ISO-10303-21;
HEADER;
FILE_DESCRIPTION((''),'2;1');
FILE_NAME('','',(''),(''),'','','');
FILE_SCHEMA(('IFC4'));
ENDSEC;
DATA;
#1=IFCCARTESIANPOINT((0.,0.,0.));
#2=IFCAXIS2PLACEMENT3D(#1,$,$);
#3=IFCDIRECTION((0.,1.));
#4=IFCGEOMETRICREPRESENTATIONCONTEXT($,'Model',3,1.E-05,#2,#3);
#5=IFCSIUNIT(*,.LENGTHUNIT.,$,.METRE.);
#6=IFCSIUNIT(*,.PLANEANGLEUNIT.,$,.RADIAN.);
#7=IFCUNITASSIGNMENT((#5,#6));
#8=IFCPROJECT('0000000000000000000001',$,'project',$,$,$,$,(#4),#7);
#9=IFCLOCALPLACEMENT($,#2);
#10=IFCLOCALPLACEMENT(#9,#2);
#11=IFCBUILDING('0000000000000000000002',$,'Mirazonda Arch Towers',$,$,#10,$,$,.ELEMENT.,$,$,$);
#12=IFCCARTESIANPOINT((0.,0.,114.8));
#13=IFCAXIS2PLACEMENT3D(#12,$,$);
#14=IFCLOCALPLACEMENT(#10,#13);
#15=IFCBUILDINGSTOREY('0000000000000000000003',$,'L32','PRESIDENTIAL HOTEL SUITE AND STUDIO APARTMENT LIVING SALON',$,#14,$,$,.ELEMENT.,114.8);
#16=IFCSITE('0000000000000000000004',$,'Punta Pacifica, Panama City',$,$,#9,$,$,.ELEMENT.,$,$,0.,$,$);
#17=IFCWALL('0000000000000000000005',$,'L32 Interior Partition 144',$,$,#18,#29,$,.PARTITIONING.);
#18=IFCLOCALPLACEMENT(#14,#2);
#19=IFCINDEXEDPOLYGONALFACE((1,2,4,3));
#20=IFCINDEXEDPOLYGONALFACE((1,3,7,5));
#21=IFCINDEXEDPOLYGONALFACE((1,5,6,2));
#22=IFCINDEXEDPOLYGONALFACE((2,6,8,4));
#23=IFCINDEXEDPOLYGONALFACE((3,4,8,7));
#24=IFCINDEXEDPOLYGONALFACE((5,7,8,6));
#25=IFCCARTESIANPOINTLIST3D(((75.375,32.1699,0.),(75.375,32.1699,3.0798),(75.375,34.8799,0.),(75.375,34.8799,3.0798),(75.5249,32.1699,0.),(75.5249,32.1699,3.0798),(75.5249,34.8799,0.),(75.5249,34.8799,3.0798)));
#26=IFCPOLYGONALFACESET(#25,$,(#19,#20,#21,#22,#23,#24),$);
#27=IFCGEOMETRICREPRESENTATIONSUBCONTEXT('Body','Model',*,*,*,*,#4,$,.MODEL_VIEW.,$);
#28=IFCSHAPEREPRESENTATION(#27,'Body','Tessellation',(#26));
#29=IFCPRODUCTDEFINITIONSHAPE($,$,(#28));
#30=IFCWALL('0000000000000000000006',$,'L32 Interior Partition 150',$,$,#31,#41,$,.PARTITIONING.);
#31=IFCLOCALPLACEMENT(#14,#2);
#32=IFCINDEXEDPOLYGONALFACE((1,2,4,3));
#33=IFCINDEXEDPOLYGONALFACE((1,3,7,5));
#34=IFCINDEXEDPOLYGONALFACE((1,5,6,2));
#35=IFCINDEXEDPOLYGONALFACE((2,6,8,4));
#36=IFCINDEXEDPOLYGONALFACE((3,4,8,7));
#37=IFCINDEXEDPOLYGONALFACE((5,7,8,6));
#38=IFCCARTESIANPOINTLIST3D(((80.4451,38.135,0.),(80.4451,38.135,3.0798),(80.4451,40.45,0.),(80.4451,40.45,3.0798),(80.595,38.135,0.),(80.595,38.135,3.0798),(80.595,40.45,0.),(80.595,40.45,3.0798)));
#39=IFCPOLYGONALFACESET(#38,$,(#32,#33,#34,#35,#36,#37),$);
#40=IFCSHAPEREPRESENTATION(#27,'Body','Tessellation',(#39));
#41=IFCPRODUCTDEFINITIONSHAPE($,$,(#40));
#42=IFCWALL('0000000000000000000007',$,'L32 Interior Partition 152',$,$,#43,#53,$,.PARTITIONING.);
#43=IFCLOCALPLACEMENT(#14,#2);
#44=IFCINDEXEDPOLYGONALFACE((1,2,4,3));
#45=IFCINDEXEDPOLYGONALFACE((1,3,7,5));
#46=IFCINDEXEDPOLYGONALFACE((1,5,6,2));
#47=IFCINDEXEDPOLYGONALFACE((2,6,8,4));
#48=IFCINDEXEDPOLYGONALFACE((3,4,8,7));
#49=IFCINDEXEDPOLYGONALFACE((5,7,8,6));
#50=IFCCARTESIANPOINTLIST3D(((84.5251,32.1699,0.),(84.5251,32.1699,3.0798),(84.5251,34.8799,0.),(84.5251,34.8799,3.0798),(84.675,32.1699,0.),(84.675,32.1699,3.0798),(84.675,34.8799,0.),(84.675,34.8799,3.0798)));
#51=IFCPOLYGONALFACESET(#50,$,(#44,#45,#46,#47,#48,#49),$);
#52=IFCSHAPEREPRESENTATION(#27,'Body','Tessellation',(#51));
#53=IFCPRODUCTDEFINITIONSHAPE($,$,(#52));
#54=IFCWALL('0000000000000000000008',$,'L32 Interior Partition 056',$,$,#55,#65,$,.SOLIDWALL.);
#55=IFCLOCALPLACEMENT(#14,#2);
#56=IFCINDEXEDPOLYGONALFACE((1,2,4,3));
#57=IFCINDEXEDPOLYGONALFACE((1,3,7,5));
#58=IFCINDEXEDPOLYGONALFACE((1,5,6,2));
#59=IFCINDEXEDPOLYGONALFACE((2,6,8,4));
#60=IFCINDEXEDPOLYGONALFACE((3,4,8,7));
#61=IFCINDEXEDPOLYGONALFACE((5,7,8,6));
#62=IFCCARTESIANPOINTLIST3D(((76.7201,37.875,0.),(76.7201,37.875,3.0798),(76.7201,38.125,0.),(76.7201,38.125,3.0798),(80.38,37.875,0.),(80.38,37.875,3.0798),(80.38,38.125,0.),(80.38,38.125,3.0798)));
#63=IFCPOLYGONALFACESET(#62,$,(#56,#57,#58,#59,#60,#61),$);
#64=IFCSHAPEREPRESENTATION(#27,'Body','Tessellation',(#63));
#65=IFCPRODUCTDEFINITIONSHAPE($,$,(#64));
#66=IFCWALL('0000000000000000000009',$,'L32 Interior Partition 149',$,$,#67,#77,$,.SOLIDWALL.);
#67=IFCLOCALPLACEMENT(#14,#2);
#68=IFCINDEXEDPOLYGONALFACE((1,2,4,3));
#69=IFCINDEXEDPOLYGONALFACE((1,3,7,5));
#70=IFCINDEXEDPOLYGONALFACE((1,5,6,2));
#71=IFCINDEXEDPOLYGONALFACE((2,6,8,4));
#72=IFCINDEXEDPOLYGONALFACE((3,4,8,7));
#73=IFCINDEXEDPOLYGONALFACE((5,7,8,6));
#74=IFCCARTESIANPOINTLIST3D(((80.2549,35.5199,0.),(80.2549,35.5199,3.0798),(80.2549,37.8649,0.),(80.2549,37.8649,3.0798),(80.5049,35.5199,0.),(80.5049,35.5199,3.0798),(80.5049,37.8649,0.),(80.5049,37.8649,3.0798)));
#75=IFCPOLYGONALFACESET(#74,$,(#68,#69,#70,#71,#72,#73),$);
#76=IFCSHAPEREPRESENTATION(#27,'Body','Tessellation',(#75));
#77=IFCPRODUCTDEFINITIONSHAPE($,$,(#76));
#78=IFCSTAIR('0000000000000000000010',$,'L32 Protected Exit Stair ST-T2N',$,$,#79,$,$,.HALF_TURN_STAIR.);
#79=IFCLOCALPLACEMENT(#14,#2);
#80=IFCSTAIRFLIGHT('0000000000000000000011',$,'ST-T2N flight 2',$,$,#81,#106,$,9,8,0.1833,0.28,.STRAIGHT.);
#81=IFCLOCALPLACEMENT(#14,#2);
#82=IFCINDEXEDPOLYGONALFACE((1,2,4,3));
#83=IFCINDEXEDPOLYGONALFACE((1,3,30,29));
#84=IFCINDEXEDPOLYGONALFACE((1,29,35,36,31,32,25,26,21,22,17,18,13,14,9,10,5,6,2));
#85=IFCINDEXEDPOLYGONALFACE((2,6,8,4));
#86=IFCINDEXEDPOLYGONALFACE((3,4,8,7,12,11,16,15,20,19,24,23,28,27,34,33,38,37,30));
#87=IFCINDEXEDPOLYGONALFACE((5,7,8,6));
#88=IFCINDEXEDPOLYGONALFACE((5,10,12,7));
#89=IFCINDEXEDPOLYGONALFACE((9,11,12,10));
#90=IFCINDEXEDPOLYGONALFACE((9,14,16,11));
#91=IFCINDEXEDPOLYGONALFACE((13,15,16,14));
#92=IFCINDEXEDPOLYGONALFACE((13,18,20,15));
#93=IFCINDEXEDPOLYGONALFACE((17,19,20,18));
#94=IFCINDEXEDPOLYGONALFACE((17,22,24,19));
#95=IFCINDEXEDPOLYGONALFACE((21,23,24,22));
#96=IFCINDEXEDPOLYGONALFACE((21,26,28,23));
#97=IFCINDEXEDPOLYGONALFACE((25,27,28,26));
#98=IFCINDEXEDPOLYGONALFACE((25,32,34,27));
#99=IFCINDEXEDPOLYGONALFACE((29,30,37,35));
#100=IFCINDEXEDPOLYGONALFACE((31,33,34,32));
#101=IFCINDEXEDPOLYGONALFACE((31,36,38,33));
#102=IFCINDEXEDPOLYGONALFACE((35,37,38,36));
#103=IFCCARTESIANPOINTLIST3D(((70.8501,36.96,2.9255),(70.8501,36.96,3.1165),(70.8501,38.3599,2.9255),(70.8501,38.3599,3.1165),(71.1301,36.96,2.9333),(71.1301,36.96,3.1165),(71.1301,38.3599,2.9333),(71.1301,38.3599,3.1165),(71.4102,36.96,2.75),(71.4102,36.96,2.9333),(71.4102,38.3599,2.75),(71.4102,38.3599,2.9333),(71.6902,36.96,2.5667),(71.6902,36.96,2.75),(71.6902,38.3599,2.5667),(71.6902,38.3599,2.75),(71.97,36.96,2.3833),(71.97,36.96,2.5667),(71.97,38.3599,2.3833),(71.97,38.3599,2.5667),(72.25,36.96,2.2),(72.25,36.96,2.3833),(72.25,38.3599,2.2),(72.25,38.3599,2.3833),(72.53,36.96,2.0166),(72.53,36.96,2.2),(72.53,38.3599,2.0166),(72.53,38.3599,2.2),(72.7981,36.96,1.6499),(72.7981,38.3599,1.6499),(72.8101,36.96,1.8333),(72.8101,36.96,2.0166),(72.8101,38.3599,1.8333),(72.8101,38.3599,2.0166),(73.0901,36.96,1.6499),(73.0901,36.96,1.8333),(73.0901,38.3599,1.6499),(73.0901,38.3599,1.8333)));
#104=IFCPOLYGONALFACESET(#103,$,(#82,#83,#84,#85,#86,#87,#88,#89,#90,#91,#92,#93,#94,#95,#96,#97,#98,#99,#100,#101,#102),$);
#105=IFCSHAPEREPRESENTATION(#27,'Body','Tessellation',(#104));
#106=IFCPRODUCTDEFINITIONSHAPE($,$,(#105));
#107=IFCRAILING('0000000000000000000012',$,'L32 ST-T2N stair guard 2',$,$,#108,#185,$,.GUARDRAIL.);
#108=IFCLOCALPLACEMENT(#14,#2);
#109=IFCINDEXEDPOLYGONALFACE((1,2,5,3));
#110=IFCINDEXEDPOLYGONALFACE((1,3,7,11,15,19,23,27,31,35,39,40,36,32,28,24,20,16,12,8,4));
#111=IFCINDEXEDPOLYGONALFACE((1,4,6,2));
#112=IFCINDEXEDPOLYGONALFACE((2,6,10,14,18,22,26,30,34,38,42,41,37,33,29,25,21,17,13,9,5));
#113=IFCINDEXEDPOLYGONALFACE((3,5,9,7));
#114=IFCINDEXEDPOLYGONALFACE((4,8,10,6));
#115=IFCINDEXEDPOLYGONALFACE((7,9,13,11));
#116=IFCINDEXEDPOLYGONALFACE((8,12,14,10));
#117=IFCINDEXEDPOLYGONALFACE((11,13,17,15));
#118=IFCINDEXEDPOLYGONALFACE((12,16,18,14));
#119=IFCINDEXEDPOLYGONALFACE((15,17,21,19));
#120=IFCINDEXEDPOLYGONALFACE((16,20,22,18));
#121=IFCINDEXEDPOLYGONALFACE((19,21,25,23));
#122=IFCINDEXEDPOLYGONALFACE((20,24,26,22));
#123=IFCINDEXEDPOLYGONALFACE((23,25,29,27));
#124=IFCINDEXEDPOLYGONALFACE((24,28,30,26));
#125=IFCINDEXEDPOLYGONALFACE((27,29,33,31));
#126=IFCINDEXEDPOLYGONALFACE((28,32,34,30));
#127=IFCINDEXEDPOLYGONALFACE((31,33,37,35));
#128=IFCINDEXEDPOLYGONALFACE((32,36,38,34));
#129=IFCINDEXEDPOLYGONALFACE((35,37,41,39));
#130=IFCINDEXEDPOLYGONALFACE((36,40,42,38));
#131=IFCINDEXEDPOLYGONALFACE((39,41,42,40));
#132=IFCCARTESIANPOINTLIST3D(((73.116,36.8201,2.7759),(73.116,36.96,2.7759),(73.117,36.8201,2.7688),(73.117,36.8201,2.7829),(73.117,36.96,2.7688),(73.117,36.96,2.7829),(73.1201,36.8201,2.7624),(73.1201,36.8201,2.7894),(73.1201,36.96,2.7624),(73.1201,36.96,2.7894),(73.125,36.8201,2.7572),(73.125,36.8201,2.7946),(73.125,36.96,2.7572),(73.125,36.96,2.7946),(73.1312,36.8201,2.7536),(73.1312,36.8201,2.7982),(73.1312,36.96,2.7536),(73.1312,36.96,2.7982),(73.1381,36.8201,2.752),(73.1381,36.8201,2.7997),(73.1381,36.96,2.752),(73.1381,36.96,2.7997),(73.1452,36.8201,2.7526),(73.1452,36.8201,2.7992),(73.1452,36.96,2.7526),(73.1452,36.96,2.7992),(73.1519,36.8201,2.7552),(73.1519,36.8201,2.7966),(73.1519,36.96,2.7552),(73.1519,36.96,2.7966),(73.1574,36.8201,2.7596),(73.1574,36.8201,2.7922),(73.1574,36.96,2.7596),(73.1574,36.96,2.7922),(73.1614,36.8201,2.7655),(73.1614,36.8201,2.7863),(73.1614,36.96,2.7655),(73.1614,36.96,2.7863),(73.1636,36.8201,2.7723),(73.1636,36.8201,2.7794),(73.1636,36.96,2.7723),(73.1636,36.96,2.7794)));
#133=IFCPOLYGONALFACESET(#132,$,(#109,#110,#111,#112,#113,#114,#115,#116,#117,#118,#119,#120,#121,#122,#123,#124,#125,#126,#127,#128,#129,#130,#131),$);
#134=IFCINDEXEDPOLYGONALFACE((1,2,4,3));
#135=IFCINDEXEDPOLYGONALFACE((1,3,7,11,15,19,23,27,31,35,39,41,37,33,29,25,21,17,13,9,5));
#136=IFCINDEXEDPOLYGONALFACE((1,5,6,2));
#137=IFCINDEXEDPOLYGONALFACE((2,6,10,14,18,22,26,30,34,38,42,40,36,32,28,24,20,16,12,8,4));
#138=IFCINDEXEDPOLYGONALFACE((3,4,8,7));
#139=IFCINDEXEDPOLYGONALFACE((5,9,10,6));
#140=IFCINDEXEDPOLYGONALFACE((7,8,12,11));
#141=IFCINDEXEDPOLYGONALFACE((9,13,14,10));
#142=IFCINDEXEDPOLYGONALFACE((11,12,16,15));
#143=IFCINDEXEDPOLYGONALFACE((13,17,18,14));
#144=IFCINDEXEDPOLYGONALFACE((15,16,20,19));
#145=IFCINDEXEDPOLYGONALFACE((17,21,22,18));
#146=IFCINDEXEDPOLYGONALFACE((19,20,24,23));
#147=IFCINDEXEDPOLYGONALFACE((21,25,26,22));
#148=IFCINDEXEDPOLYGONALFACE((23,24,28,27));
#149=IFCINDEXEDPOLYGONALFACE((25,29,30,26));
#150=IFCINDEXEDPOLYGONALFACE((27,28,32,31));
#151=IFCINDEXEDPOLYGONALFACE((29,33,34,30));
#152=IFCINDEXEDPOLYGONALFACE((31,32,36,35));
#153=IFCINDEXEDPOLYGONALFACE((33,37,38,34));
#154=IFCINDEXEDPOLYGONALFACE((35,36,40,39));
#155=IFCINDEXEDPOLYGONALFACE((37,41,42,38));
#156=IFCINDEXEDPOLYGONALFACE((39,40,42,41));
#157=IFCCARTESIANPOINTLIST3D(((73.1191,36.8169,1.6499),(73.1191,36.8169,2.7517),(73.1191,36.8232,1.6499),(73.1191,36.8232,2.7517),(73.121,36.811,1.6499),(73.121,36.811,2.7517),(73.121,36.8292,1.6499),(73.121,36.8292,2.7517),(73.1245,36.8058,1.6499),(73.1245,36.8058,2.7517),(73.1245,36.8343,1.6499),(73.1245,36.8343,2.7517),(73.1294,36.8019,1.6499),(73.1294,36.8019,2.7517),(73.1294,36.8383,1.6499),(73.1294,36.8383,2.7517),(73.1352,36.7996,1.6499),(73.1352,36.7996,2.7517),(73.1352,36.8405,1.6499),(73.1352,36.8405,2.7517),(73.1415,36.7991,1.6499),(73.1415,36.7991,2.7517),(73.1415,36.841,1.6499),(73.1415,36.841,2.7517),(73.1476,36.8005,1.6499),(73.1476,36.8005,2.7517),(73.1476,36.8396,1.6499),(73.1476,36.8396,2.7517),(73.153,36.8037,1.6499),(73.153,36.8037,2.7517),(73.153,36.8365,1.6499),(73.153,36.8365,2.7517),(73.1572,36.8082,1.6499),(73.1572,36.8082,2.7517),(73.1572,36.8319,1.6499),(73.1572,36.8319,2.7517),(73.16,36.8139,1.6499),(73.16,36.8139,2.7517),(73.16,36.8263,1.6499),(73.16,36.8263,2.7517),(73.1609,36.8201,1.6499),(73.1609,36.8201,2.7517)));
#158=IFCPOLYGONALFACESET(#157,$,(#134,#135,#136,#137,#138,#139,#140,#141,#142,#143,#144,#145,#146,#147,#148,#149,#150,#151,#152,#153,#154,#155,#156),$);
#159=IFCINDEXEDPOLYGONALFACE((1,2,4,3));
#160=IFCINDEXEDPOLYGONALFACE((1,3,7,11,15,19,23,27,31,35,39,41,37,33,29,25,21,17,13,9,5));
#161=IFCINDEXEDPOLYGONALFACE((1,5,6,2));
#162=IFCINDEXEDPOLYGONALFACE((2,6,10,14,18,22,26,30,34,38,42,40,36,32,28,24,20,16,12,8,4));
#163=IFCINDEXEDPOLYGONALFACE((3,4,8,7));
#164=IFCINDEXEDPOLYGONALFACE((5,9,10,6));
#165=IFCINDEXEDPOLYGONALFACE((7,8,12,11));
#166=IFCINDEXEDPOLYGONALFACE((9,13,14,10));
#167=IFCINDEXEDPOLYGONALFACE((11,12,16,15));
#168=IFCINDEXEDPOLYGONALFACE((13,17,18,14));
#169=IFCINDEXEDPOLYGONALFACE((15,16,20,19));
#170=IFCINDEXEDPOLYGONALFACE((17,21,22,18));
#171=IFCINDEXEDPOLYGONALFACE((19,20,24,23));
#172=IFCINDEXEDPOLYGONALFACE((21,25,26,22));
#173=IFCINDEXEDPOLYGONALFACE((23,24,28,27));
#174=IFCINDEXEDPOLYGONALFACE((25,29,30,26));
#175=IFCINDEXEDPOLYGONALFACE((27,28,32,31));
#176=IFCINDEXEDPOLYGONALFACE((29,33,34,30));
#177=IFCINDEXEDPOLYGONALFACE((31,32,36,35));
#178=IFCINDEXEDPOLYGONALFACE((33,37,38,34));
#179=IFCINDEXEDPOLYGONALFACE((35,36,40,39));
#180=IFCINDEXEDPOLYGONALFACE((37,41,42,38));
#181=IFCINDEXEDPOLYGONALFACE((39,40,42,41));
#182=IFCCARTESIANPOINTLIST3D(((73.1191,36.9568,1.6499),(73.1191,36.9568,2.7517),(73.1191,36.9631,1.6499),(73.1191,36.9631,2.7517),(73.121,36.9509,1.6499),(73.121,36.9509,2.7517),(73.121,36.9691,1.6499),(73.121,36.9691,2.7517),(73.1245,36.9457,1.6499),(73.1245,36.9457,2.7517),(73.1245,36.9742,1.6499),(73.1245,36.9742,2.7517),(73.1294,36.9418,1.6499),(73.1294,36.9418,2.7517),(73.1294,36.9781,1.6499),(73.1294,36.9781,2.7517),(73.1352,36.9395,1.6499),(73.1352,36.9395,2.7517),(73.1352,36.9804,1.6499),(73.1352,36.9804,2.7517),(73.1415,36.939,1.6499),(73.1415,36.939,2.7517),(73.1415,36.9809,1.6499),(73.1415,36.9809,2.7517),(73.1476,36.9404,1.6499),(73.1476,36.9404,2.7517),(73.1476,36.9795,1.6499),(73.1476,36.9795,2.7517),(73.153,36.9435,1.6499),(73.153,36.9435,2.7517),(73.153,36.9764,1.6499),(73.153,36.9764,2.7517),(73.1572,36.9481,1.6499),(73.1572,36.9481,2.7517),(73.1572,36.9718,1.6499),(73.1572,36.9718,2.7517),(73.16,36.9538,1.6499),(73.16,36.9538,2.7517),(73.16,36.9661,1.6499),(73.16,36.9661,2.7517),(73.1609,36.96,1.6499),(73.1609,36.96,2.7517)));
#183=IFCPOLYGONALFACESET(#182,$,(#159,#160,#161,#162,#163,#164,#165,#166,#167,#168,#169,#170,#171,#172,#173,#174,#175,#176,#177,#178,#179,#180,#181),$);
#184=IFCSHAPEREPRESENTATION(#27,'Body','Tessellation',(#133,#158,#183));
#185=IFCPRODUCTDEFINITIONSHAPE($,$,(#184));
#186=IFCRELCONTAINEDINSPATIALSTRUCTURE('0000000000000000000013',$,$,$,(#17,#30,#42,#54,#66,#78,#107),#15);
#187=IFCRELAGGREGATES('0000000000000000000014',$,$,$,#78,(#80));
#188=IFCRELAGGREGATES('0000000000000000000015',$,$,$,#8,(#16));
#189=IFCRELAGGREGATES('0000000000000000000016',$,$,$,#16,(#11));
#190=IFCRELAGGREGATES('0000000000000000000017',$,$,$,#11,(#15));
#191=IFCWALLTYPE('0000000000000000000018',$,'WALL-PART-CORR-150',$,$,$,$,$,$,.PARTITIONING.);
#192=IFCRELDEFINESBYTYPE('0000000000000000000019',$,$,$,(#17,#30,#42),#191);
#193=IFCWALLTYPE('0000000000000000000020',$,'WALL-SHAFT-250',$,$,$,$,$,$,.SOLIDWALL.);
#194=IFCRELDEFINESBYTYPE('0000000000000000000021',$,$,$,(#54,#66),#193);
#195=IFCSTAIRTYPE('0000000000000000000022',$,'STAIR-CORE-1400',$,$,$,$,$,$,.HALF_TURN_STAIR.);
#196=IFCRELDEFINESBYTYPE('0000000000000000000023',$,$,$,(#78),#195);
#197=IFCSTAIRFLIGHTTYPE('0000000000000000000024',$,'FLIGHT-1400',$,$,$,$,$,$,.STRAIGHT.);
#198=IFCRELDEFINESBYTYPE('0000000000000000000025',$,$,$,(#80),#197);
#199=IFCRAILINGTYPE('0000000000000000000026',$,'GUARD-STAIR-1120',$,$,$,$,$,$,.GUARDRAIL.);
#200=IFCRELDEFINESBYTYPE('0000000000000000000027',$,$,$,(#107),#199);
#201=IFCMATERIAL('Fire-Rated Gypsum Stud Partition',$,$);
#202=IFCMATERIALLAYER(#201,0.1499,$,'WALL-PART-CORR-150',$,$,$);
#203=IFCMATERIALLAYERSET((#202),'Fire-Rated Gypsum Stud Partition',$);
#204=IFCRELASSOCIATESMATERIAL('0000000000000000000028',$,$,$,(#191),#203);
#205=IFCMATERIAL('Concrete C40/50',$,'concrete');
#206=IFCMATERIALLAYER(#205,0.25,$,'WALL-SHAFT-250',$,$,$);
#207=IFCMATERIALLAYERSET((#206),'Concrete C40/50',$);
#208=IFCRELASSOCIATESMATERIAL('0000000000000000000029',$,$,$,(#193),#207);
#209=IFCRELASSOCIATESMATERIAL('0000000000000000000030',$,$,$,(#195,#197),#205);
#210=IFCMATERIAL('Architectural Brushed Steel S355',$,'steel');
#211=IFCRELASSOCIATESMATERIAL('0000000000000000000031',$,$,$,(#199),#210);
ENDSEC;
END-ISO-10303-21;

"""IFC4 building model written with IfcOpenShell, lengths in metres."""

from ifc_helpers import new_model, si_unit, direction, frame, frame_2d, origin, origin_2d, place, context, subcontext, project, spatial, polyline, rectangle, circle, outline, extrude, material, layer, layer_set, type_object, element, aggregate, save


model = new_model("IFC4")

# Units and contexts
model_context = context("Model", 3, precision=1e-05, world=origin(), true_north=direction((0.0, 1.0)))
body_context = subcontext(model_context, "Body", "Model", "MODEL_VIEW")
ifc_project = project(units=[si_unit("LENGTHUNIT", "METRE"), si_unit("PLANEANGLEUNIT", "RADIAN")], contexts=[model_context])

# Site, building, storey
site_placement = place(None, origin())
site = spatial("IfcSite", under=ifc_project, at=site_placement, Name="Punta Pacifica, Panama City", CompositionType="ELEMENT", RefElevation=0.0)
building_placement = place(site_placement, origin())
building = spatial("IfcBuilding", under=site, at=building_placement, Name="Mirazonda Arch Towers", CompositionType="ELEMENT")
storey_placement = place(building_placement, frame((0.0, 0.0, 114.8)))
storey = spatial("IfcBuildingStorey", under=building, at=storey_placement, Name="L32", Description="PRESIDENTIAL HOTEL SUITE AND STUDIO APARTMENT LIVING SALON", CompositionType="ELEMENT", Elevation=114.8)

# Shared definitions
ifc_material_1 = material(Name="Concrete C40/50", Category="concrete")
ifc_material_2 = material(Name="Architectural Brushed Steel S355", Category="steel")

# Walls
ifc_material_3 = material(Name="Fire-Rated Gypsum Stud Partition")
ifc_layer_1 = layer(ifc_material_3, 0.1499, Name="WALL-PART-CORR-150")
ifc_layer_set_1 = layer_set([ifc_layer_1], Name="Fire-Rated Gypsum Stud Partition")
wall_type_1 = type_object("IfcWallType", Name="WALL-PART-CORR-150", PredefinedType="PARTITIONING", material=ifc_layer_set_1)
wall_1_placement = place(storey_placement, frame((75.45, 32.1699, 0.0), z_axis=(0.0, 0.0, 1.0), x_axis=(0.0, 1.0, 0.0)))
element("IfcWall", 1, at=wall_1_placement, inside=storey, type_object=wall_type_1, Name="L32 Interior Partition 144", PredefinedType="PARTITIONING", context=body_context, shape_type="SweptSolid", body=[
    extrude(rectangle(XDim=2.71, YDim=0.1499, at=frame_2d((1.355, 0.0))), origin(), (0.0, 0.0, 1.0), 3.0798),
])
wall_2_placement = place(storey_placement, frame((80.52, 38.135, 0.0), z_axis=(0.0, 0.0, 1.0), x_axis=(0.0, 1.0, 0.0)))
element("IfcWall", 2, at=wall_2_placement, inside=storey, type_object=wall_type_1, Name="L32 Interior Partition 150", PredefinedType="PARTITIONING", context=body_context, shape_type="SweptSolid", body=[
    extrude(rectangle(XDim=2.3149, YDim=0.1499, at=frame_2d((1.1575, 0.0))), origin(), (0.0, 0.0, 1.0), 3.0798),
])
wall_3_placement = place(storey_placement, frame((84.6001, 32.1699, 0.0), z_axis=(0.0, 0.0, 1.0), x_axis=(0.0, 1.0, 0.0)))
element("IfcWall", 3, at=wall_3_placement, inside=storey, type_object=wall_type_1, Name="L32 Interior Partition 152", PredefinedType="PARTITIONING", context=body_context, shape_type="SweptSolid", body=[
    extrude(rectangle(XDim=2.71, YDim=0.1499, at=frame_2d((1.355, 0.0))), origin(), (0.0, 0.0, 1.0), 3.0798),
])
ifc_layer_2 = layer(ifc_material_1, 0.25, Name="WALL-SHAFT-250")
ifc_layer_set_2 = layer_set([ifc_layer_2], Name="Concrete C40/50")
wall_type_2 = type_object("IfcWallType", Name="WALL-SHAFT-250", PredefinedType="SOLIDWALL", material=ifc_layer_set_2)
wall_4_placement = place(storey_placement, frame((76.72, 38.0, 0.0), z_axis=(0.0, 0.0, 1.0), x_axis=(1.0, 0.0, 0.0)))
element("IfcWall", 4, at=wall_4_placement, inside=storey, type_object=wall_type_2, Name="L32 Interior Partition 056", PredefinedType="SOLIDWALL", context=body_context, shape_type="SweptSolid", body=[
    extrude(rectangle(XDim=3.6599, YDim=0.25, at=frame_2d((1.8301, 0.0))), origin(), (0.0, 0.0, 1.0), 3.0798),
])
wall_5_placement = place(storey_placement, frame((80.3799, 35.52, 0.0), z_axis=(0.0, 0.0, 1.0), x_axis=(0.0, 1.0, 0.0)))
element("IfcWall", 5, at=wall_5_placement, inside=storey, type_object=wall_type_2, Name="L32 Interior Partition 149", PredefinedType="SOLIDWALL", context=body_context, shape_type="SweptSolid", body=[
    extrude(rectangle(XDim=2.345, YDim=0.25, at=frame_2d((1.1724, 0.0))), origin(), (0.0, 0.0, 1.0), 3.0798),
])

# Stair, stair flight
stair_type = type_object("IfcStairType", Name="STAIR-CORE-1400", PredefinedType="HALF_TURN_STAIR", material=ifc_material_1)
stair_placement = place(storey_placement, origin())
stair = element("IfcStair", 6, at=stair_placement, inside=storey, type_object=stair_type, Name="L32 Protected Exit Stair ST-T2N", PredefinedType="HALF_TURN_STAIR")
stair_flight_type = type_object("IfcStairFlightType", Name="FLIGHT-1400", PredefinedType="STRAIGHT", material=ifc_material_1)
stair_flight_placement = place(storey_placement, frame((73.0901, 37.6599, 1.6499), z_axis=(0.0, 0.0, 1.0), x_axis=(-1.0, 0.0, 0.0)))
stair_flight = element("IfcStairFlight", 7, at=stair_flight_placement, type_object=stair_flight_type, Name="ST-T2N flight 2", NumberOfRisers=9, NumberOfTreads=8, PredefinedType="STRAIGHT", RiserHeight=0.1833, TreadLength=0.28, context=body_context, shape_type="SweptSolid", body=[
    extrude(outline(polyline([(0.0, 0.0), (0.0, 0.1833), (0.28, 0.1833), (0.28, 0.3667), (0.5601, 0.3667), (0.5601, 0.55), (0.8401, 0.55), (0.8401, 0.7334), (1.1201, 0.7334), (1.1201, 0.9167), (1.3999, 0.9167), (1.3999, 1.1001), (1.6799, 1.1001), (1.6799, 1.2834), (1.96, 1.2834), (1.96, 1.4666), (2.24, 1.4666), (2.24, 1.6499), (2.24, 1.2756), (0.292, 0.0), (0.0, 0.0)])), frame((0.0, 0.7, 0.0), z_axis=(0.0, -1.0, 0.0), x_axis=(1.0, 0.0, 0.0)), (0.0, 0.0, 1.0), 1.3999),
])
aggregate(stair, [stair_flight])

# Railing
railing_type_1 = type_object("IfcRailingType", Name="GUARD-STAIR-1120", PredefinedType="GUARDRAIL", material=ifc_material_2)
railing_1_placement = place(storey_placement, frame((73.1399, 36.8201, 1.6499)))
element("IfcRailing", 8, at=railing_1_placement, inside=storey, type_object=railing_type_1, Name="L32 ST-T2N stair guard 2", PredefinedType="GUARDRAIL", context=body_context, shape_type="SweptSolid", body=[
    extrude(circle(Radius=0.0239, at=origin_2d()), frame((0.0, 0.0, 1.126), z_axis=(0.0, 1.0, 0.0), x_axis=(-1.0, 0.0, 0.0)), (0.0, 0.0, 1.0), 0.1399),
    extrude(circle(Radius=0.021, at=origin_2d()), origin(), (0.0, 0.0, 1.0), 1.1018),
    extrude(circle(Radius=0.021, at=origin_2d()), frame((0.0, 0.1399, 0.0)), (0.0, 0.0, 1.0), 1.1018),
])

save(model, "model.ifc")
